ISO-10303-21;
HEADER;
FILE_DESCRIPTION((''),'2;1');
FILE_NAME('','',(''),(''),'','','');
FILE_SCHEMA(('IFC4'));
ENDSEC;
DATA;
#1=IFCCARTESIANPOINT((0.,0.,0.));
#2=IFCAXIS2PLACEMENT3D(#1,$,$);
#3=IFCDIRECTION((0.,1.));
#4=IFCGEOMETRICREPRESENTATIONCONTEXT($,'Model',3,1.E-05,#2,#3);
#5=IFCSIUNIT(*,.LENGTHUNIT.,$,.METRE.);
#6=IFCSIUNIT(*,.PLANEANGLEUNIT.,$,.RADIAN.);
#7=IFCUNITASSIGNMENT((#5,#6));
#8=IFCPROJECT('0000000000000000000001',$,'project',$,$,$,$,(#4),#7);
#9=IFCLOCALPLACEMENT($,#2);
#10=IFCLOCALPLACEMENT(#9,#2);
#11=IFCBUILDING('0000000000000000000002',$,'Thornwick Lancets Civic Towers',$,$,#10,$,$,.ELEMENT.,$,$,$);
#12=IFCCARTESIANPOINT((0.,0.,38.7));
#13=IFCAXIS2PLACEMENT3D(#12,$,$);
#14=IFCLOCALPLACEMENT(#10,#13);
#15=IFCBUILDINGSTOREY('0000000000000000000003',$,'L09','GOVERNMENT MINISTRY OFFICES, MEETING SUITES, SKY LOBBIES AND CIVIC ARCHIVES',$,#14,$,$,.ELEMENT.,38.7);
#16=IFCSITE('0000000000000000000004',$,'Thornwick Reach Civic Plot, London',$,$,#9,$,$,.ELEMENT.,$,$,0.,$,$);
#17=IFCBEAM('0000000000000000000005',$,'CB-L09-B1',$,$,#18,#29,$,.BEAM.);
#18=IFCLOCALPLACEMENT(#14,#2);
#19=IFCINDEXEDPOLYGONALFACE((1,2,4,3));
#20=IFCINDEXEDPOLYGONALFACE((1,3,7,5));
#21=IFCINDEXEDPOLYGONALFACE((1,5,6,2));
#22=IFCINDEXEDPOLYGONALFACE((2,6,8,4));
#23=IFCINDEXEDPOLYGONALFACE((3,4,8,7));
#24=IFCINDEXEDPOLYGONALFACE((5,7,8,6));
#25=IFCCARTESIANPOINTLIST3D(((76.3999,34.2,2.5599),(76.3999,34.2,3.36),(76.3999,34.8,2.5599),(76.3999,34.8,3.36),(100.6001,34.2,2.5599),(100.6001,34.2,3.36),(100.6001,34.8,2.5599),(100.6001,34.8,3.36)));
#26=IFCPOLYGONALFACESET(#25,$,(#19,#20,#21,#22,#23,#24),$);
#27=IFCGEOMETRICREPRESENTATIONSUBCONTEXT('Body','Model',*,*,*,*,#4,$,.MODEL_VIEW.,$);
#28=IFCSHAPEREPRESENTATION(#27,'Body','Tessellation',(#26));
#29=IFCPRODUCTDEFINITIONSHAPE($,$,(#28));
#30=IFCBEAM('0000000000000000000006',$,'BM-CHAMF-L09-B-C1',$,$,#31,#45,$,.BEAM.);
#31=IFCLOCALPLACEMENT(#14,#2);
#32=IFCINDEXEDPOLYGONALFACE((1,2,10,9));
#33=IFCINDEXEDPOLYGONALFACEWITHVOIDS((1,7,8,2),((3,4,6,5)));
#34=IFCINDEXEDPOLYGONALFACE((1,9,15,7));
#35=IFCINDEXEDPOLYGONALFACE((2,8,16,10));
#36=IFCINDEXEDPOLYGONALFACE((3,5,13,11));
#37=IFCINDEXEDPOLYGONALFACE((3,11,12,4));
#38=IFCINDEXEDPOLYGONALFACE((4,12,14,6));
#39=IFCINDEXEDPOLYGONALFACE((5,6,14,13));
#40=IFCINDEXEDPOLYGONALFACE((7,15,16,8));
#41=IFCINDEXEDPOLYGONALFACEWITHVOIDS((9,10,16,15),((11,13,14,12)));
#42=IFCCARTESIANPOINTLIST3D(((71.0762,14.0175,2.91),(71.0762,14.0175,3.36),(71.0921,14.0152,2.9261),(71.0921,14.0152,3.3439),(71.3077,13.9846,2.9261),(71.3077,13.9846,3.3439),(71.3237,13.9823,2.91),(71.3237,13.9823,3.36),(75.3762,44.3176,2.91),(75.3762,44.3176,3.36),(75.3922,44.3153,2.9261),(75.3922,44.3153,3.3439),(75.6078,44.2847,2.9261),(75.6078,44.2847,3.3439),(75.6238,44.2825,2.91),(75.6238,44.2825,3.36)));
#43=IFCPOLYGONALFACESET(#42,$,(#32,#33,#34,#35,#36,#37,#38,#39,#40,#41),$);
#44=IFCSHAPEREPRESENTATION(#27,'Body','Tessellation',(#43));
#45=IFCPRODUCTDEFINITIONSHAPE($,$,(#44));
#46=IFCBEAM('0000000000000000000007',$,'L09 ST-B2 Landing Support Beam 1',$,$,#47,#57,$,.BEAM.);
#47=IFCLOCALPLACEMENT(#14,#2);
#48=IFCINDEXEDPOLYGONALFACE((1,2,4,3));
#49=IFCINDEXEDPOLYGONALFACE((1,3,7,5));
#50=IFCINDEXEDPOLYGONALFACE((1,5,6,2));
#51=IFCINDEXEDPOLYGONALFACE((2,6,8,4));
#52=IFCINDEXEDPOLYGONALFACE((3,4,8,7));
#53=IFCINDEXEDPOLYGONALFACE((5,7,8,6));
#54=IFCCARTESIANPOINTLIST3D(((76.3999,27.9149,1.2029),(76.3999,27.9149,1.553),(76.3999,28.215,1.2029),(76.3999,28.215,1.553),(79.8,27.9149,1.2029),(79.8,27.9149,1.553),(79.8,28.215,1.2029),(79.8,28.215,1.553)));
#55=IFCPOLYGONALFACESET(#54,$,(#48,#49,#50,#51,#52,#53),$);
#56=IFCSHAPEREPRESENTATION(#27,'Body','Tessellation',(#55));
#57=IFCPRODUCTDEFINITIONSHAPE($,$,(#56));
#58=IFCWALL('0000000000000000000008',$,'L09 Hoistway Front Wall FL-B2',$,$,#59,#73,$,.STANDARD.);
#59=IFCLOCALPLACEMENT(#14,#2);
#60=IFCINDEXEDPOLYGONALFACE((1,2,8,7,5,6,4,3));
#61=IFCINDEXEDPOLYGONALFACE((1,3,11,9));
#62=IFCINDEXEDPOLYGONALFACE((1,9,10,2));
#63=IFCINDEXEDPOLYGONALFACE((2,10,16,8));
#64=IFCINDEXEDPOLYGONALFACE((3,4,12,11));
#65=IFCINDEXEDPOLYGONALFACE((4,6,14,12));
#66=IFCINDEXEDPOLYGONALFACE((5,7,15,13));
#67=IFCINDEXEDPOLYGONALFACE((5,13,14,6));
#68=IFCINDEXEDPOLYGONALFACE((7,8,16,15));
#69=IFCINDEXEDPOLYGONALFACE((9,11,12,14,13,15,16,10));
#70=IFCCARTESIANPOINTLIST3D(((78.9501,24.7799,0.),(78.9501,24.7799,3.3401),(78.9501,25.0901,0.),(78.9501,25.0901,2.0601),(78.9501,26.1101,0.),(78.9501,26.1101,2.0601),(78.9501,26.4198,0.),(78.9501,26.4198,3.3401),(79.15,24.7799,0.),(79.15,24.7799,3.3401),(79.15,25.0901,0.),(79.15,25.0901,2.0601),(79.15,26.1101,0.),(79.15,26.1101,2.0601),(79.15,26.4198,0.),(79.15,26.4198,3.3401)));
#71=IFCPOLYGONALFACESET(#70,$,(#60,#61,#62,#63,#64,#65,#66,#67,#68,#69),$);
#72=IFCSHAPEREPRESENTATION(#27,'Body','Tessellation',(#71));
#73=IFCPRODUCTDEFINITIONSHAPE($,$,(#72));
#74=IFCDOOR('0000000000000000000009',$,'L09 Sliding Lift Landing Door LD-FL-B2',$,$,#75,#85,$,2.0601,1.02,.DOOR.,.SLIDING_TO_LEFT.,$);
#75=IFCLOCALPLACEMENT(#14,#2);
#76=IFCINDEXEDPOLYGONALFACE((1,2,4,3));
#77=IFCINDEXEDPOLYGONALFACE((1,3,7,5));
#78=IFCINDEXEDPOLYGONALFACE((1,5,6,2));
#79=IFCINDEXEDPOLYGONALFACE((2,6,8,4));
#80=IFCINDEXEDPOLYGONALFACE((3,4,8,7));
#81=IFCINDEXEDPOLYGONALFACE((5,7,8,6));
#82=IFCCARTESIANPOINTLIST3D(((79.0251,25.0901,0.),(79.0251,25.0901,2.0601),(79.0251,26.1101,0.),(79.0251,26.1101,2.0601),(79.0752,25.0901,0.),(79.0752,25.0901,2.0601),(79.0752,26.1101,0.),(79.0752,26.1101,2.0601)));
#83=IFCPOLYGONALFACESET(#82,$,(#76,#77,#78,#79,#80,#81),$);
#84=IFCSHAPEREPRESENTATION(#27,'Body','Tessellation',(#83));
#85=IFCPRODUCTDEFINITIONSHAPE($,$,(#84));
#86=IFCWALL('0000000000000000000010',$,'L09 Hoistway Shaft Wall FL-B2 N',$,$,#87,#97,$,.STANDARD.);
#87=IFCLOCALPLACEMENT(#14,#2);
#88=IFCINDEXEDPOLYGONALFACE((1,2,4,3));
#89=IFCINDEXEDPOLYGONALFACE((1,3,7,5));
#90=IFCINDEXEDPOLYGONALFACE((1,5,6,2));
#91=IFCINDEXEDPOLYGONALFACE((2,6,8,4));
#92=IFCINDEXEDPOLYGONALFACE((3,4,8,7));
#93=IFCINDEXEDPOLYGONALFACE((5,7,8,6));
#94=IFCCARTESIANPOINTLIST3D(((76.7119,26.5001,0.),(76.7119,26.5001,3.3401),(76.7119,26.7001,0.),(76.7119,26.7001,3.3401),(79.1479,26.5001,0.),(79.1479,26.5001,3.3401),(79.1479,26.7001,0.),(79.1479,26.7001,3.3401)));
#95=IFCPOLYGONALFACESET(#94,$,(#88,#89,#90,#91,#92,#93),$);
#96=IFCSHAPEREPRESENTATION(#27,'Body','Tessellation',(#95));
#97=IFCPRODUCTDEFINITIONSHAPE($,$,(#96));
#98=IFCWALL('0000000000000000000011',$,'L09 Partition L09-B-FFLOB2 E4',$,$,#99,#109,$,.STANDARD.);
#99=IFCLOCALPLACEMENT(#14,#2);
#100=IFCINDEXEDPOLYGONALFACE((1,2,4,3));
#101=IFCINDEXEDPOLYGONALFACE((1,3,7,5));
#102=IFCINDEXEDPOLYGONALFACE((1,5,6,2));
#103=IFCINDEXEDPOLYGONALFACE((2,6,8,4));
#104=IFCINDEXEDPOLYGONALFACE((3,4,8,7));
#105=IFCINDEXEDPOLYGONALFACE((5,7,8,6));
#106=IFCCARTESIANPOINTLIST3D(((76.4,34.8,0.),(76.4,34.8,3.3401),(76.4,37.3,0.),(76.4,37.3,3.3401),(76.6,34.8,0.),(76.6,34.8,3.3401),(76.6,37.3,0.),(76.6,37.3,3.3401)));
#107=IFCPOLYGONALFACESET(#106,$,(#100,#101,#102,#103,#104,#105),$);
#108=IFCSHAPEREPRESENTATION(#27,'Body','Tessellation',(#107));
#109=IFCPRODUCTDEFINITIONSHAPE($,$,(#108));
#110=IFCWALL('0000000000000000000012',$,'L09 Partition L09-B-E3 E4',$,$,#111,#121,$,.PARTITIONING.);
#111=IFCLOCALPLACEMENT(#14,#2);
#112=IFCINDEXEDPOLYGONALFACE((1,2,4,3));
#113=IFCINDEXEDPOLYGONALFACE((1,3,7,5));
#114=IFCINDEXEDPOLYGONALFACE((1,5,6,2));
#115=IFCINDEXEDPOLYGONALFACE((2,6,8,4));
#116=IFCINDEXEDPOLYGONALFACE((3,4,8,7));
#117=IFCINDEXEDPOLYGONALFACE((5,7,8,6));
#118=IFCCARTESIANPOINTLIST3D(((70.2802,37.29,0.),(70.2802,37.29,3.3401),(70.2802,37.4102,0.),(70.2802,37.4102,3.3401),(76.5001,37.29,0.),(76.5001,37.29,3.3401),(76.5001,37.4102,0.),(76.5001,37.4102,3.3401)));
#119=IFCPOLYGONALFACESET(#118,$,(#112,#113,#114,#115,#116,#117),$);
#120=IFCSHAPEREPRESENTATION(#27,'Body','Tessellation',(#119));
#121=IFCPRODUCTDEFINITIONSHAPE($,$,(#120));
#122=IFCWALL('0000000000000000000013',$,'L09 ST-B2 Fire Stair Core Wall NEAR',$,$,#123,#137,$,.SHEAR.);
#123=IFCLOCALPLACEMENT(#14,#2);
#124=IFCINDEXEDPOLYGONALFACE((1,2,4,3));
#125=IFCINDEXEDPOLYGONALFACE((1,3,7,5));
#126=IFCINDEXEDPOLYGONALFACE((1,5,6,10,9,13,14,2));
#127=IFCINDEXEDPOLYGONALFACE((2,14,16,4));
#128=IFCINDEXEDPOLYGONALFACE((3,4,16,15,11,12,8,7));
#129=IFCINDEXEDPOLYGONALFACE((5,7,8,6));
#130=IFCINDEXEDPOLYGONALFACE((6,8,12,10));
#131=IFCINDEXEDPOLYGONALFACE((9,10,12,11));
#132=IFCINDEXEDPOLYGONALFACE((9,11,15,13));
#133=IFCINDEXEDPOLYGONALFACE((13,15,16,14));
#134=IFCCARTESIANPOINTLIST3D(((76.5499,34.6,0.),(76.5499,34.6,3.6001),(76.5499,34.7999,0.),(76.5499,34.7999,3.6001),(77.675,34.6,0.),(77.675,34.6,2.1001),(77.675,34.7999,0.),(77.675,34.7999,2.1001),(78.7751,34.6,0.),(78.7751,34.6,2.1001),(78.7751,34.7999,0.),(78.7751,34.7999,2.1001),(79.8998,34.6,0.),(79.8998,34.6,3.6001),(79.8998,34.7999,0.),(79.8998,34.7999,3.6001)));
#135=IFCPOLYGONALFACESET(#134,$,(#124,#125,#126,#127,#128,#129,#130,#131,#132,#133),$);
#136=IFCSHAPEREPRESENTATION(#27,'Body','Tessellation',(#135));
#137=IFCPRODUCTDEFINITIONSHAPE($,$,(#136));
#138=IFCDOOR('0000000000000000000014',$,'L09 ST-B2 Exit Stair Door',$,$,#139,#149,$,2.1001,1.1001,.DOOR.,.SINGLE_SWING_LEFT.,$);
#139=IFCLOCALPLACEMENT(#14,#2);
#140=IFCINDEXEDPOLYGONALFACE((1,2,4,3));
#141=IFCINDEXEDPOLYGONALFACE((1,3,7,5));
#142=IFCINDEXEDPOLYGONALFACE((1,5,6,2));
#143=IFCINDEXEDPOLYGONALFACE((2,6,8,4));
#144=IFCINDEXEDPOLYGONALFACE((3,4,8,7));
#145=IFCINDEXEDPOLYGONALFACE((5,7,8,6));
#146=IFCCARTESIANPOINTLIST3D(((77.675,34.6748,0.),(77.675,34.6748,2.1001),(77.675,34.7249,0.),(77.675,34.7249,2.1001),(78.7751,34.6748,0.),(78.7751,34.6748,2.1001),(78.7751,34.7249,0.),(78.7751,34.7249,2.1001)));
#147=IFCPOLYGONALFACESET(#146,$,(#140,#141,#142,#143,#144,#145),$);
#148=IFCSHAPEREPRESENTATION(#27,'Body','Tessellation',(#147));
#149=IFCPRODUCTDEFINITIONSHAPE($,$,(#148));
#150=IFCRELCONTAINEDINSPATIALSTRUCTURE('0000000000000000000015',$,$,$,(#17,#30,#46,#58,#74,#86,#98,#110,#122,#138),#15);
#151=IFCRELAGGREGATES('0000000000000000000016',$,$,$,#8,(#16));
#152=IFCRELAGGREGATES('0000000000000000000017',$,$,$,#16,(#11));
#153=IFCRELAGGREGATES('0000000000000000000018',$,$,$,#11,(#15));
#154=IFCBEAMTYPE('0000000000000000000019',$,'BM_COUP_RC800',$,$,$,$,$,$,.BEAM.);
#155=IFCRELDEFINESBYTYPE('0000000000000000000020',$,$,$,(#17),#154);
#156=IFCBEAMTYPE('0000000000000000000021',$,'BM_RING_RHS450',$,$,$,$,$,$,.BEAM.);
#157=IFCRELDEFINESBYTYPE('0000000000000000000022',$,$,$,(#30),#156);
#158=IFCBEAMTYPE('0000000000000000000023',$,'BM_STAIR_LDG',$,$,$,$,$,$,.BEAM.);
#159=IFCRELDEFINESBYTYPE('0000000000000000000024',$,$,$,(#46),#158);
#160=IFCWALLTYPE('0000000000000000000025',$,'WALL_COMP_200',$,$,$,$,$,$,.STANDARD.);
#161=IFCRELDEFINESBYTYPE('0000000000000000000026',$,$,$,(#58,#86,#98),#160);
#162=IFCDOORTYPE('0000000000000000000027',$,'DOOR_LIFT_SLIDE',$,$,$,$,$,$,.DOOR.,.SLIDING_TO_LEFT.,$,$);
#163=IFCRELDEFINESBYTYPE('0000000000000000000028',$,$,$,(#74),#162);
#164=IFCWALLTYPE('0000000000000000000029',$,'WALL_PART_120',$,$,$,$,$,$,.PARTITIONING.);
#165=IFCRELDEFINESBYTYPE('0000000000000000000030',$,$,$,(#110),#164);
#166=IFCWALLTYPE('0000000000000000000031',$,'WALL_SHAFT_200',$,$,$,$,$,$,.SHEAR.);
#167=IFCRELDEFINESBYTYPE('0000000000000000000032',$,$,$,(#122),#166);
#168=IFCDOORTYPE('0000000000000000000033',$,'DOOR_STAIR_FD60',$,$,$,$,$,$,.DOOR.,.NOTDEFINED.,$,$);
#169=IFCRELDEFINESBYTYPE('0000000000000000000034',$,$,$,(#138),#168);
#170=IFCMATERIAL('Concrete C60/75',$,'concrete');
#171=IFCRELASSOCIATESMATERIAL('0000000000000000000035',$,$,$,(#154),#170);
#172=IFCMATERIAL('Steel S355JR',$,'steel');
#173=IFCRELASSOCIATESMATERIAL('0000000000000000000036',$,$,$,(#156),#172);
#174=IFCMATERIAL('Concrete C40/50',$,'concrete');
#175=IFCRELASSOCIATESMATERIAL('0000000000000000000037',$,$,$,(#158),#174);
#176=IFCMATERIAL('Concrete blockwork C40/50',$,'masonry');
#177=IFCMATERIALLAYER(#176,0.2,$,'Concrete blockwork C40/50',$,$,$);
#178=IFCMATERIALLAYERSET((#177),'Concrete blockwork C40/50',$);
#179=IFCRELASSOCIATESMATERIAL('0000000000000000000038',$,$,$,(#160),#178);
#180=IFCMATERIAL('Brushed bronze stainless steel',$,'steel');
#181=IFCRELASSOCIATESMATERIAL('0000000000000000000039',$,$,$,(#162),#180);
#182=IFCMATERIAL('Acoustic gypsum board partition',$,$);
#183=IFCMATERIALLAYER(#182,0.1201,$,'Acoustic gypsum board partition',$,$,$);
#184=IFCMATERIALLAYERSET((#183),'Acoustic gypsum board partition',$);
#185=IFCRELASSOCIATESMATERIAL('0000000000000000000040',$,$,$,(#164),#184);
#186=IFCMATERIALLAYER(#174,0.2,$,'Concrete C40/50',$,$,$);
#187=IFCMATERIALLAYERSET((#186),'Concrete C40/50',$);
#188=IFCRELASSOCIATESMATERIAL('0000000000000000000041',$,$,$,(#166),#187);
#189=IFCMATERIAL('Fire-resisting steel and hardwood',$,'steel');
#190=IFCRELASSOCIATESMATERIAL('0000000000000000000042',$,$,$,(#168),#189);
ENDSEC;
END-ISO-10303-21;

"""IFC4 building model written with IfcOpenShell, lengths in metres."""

from ifc_helpers import new_model, si_unit, direction, frame, frame_2d, origin, origin_2d, place, context, subcontext, project, spatial, rectangle, hollow_rectangle, extrude, material, layer, layer_set, material_profile, profile_set, type_object, element, fill, save


model = new_model("IFC4")

# Units and contexts
model_context = context("Model", 3, precision=1e-05, world=origin(), true_north=direction((0.0, 1.0)))
body_context = subcontext(model_context, "Body", "Model", "MODEL_VIEW")
ifc_project = project(units=[si_unit("LENGTHUNIT", "METRE"), si_unit("PLANEANGLEUNIT", "RADIAN")], contexts=[model_context])

# Site, building, storey
site_placement = place(None, origin())
site = spatial("IfcSite", under=ifc_project, at=site_placement, Name="Thornwick Reach Civic Plot, London", CompositionType="ELEMENT", RefElevation=0.0)
building_placement = place(site_placement, origin())
building = spatial("IfcBuilding", under=site, at=building_placement, Name="Thornwick Lancets Civic Towers", CompositionType="ELEMENT")
storey_placement = place(building_placement, frame((0.0, 0.0, 38.7)))
storey = spatial("IfcBuildingStorey", under=building, at=storey_placement, Name="L09", Description="GOVERNMENT MINISTRY OFFICES, MEETING SUITES, SKY LOBBIES AND CIVIC ARCHIVES", CompositionType="ELEMENT", Elevation=38.7)

# Beams
ifc_material_1 = material(Name="Concrete C60/75", Category="concrete")
ifc_material_profile_1 = material_profile(ifc_material_1, rectangle(XDim=0.6001, YDim=0.8, at=origin_2d()), Name="RC 600x800")
ifc_profile_set_1 = profile_set([ifc_material_profile_1], Name="Concrete C60/75")
beam_type_1 = type_object("IfcBeamType", Name="BM_COUP_RC800", PredefinedType="BEAM", material=ifc_profile_set_1)
beam_1_placement = place(storey_placement, frame((76.3999, 34.5, 2.96), z_axis=(1.0, 0.0, 0.0), x_axis=(0.0, 1.0, 0.0)))
element("IfcBeam", 1, at=beam_1_placement, inside=storey, type_object=beam_type_1, Name="CB-L09-B1", PredefinedType="BEAM", context=body_context, shape_type="SweptSolid", body=[
    extrude(rectangle(XDim=0.6001, YDim=0.8, at=origin_2d()), origin(), (0.0, 0.0, 1.0), 24.2002),
])
ifc_material_2 = material(Name="Steel S355JR", Category="steel")
ifc_material_profile_2 = material_profile(ifc_material_2, hollow_rectangle(XDim=0.25, YDim=0.45, WallThickness=0.0161, at=origin_2d()), Name="RHS 450x250x16")
ifc_profile_set_2 = profile_set([ifc_material_profile_2], Name="Steel S355JR")
beam_type_2 = type_object("IfcBeamType", Name="BM_RING_RHS450", PredefinedType="BEAM", material=ifc_profile_set_2)
beam_2_placement = place(storey_placement, frame((75.5, 44.3, 3.135), z_axis=(-0.140508, -0.99008, 0.0), x_axis=(0.99008, -0.140508, 0.0)))
element("IfcBeam", 2, at=beam_2_placement, inside=storey, type_object=beam_type_2, Name="BM-CHAMF-L09-B-C1", PredefinedType="BEAM", context=body_context, shape_type="SweptSolid", body=[
    extrude(hollow_rectangle(XDim=0.25, YDim=0.45, WallThickness=0.0161, at=origin_2d()), origin(), (0.0, 0.0, 1.0), 30.6038),
])
ifc_material_3 = material(Name="Concrete C40/50", Category="concrete")
ifc_material_profile_3 = material_profile(ifc_material_3, rectangle(XDim=0.3, YDim=0.3501, at=origin_2d()), Name="RC 300x350")
ifc_profile_set_3 = profile_set([ifc_material_profile_3], Name="Concrete C40/50")
beam_type_3 = type_object("IfcBeamType", Name="BM_STAIR_LDG", PredefinedType="BEAM", material=ifc_profile_set_3)
beam_3_placement = place(storey_placement, frame((76.3999, 28.0649, 1.3779), z_axis=(1.0, 0.0, 0.0), x_axis=(0.0, 1.0, 0.0)))
element("IfcBeam", 3, at=beam_3_placement, inside=storey, type_object=beam_type_3, Name="L09 ST-B2 Landing Support Beam 1", PredefinedType="BEAM", context=body_context, shape_type="SweptSolid", body=[
    extrude(rectangle(XDim=0.3, YDim=0.3501, at=origin_2d()), origin(), (0.0, 0.0, 1.0), 3.4001),
])

# Wall, opening, door
ifc_material_4 = material(Name="Concrete blockwork C40/50", Category="masonry")
ifc_layer_1 = layer(ifc_material_4, 0.2, Name="Concrete blockwork C40/50")
ifc_layer_set_1 = layer_set([ifc_layer_1], Name="Concrete blockwork C40/50")
wall_type_1 = type_object("IfcWallType", Name="WALL_COMP_200", PredefinedType="STANDARD", material=ifc_layer_set_1)
wall_1_placement = place(storey_placement, frame((79.05, 24.78, 0.0), z_axis=(0.0, 0.0, 1.0), x_axis=(0.0, 1.0, 0.0)))
wall_1 = element("IfcWall", 4, at=wall_1_placement, inside=storey, type_object=wall_type_1, Name="L09 Hoistway Front Wall FL-B2", PredefinedType="STANDARD", context=body_context, shape_type="SweptSolid", body=[
    extrude(rectangle(XDim=1.6399, YDim=0.2, at=frame_2d((0.8198, 0.0))), origin(), (0.0, 0.0, 1.0), 3.3401),
])
opening_1_placement = place(wall_1_placement, frame((0.3101, 0.0, 0.0)))
opening_1 = element("IfcOpeningElement", 5, at=opening_1_placement, cuts=wall_1, PredefinedType="OPENING", context=body_context, shape_type="SweptSolid", body=[
    extrude(rectangle(XDim=1.02, YDim=2.0601, at=frame_2d((0.51, 1.03))), frame((0.0, 0.1099, 0.0), z_axis=(0.0, -1.0, 0.0), x_axis=(1.0, 0.0, 0.0)), (0.0, 0.0, 1.0), 0.22),
])
ifc_material_5 = material(Name="Brushed bronze stainless steel", Category="steel")
door_type_1 = type_object("IfcDoorType", Name="DOOR_LIFT_SLIDE", OperationType="SLIDING_TO_LEFT", PredefinedType="DOOR", material=ifc_material_5)
door_1_placement = place(opening_1_placement, origin())
door_1 = element("IfcDoor", 6, at=door_1_placement, inside=storey, type_object=door_type_1, Name="L09 Sliding Lift Landing Door LD-FL-B2", OperationType="SLIDING_TO_LEFT", OverallHeight=2.0601, OverallWidth=1.02, PredefinedType="DOOR", context=body_context, shape_type="SweptSolid", body=[
    extrude(rectangle(XDim=1.02, YDim=2.0601, at=frame_2d((0.51, 1.03))), frame((0.0, 0.0249, 0.0), z_axis=(0.0, -1.0, 0.0), x_axis=(1.0, 0.0, 0.0)), (0.0, 0.0, 1.0), 0.05),
])
fill(opening_1, door_1)

# Walls
wall_2_placement = place(storey_placement, frame((76.7119, 26.6001, 0.0), z_axis=(0.0, 0.0, 1.0), x_axis=(1.0, 0.0, 0.0)))
element("IfcWall", 7, at=wall_2_placement, inside=storey, type_object=wall_type_1, Name="L09 Hoistway Shaft Wall FL-B2 N", PredefinedType="STANDARD", context=body_context, shape_type="SweptSolid", body=[
    extrude(rectangle(XDim=2.436, YDim=0.2, at=frame_2d((1.218, 0.0))), origin(), (0.0, 0.0, 1.0), 3.3401),
])
wall_3_placement = place(storey_placement, frame((76.5, 37.3, 0.0), z_axis=(0.0, 0.0, 1.0), x_axis=(0.0, -1.0, 0.0)))
element("IfcWall", 8, at=wall_3_placement, inside=storey, type_object=wall_type_1, Name="L09 Partition L09-B-FFLOB2 E4", PredefinedType="STANDARD", context=body_context, shape_type="SweptSolid", body=[
    extrude(rectangle(XDim=2.5, YDim=0.2, at=frame_2d((1.25, 0.0))), origin(), (0.0, 0.0, 1.0), 3.3401),
])
ifc_material_6 = material(Name="Acoustic gypsum board partition")
ifc_layer_2 = layer(ifc_material_6, 0.1201, Name="Acoustic gypsum board partition")
ifc_layer_set_2 = layer_set([ifc_layer_2], Name="Acoustic gypsum board partition")
wall_type_2 = type_object("IfcWallType", Name="WALL_PART_120", PredefinedType="PARTITIONING", material=ifc_layer_set_2)
wall_4_placement = place(storey_placement, frame((76.5, 37.3501, 0.0), z_axis=(0.0, 0.0, 1.0), x_axis=(-1.0, 0.0, 0.0)))
element("IfcWall", 9, at=wall_4_placement, inside=storey, type_object=wall_type_2, Name="L09 Partition L09-B-E3 E4", PredefinedType="PARTITIONING", context=body_context, shape_type="SweptSolid", body=[
    extrude(rectangle(XDim=6.22, YDim=0.1201, at=frame_2d((3.1099, 0.0))), origin(), (0.0, 0.0, 1.0), 3.3401),
])

# Wall, opening, door
ifc_layer_3 = layer(ifc_material_3, 0.2, Name="Concrete C40/50")
ifc_layer_set_3 = layer_set([ifc_layer_3], Name="Concrete C40/50")
wall_type_3 = type_object("IfcWallType", Name="WALL_SHAFT_200", PredefinedType="SHEAR", material=ifc_layer_set_3)
wall_5_placement = place(storey_placement, frame((76.55, 34.7, 0.0), z_axis=(0.0, 0.0, 1.0), x_axis=(1.0, 0.0, 0.0)))
wall_5 = element("IfcWall", 10, at=wall_5_placement, inside=storey, type_object=wall_type_3, Name="L09 ST-B2 Fire Stair Core Wall NEAR", PredefinedType="SHEAR", context=body_context, shape_type="SweptSolid", body=[
    extrude(rectangle(XDim=3.3499, YDim=0.2, at=frame_2d((1.6748, 0.0))), origin(), (0.0, 0.0, 1.0), 3.6001),
])
opening_2_placement = place(wall_5_placement, frame((1.125, 0.0, 0.0)))
opening_2 = element("IfcOpeningElement", 11, at=opening_2_placement, cuts=wall_5, PredefinedType="OPENING", context=body_context, shape_type="SweptSolid", body=[
    extrude(rectangle(XDim=1.1001, YDim=2.1001, at=frame_2d((0.55, 1.05))), frame((0.0, 0.1099, 0.0), z_axis=(0.0, -1.0, 0.0), x_axis=(1.0, 0.0, 0.0)), (0.0, 0.0, 1.0), 0.22),
])
ifc_material_7 = material(Name="Fire-resisting steel and hardwood", Category="steel")
door_type_2 = type_object("IfcDoorType", Name="DOOR_STAIR_FD60", OperationType="NOTDEFINED", PredefinedType="DOOR", material=ifc_material_7)
door_2_placement = place(opening_2_placement, origin())
door_2 = element("IfcDoor", 12, at=door_2_placement, inside=storey, type_object=door_type_2, Name="L09 ST-B2 Exit Stair Door", OperationType="SINGLE_SWING_LEFT", OverallHeight=2.1001, OverallWidth=1.1001, PredefinedType="DOOR", context=body_context, shape_type="SweptSolid", body=[
    extrude(rectangle(XDim=1.1001, YDim=2.1001, at=frame_2d((0.55, 1.05))), frame((0.0, 0.0249, 0.0), z_axis=(0.0, -1.0, 0.0), x_axis=(1.0, 0.0, 0.0)), (0.0, 0.0, 1.0), 0.05),
])
fill(opening_2, door_2)

save(model, "model.ifc")
